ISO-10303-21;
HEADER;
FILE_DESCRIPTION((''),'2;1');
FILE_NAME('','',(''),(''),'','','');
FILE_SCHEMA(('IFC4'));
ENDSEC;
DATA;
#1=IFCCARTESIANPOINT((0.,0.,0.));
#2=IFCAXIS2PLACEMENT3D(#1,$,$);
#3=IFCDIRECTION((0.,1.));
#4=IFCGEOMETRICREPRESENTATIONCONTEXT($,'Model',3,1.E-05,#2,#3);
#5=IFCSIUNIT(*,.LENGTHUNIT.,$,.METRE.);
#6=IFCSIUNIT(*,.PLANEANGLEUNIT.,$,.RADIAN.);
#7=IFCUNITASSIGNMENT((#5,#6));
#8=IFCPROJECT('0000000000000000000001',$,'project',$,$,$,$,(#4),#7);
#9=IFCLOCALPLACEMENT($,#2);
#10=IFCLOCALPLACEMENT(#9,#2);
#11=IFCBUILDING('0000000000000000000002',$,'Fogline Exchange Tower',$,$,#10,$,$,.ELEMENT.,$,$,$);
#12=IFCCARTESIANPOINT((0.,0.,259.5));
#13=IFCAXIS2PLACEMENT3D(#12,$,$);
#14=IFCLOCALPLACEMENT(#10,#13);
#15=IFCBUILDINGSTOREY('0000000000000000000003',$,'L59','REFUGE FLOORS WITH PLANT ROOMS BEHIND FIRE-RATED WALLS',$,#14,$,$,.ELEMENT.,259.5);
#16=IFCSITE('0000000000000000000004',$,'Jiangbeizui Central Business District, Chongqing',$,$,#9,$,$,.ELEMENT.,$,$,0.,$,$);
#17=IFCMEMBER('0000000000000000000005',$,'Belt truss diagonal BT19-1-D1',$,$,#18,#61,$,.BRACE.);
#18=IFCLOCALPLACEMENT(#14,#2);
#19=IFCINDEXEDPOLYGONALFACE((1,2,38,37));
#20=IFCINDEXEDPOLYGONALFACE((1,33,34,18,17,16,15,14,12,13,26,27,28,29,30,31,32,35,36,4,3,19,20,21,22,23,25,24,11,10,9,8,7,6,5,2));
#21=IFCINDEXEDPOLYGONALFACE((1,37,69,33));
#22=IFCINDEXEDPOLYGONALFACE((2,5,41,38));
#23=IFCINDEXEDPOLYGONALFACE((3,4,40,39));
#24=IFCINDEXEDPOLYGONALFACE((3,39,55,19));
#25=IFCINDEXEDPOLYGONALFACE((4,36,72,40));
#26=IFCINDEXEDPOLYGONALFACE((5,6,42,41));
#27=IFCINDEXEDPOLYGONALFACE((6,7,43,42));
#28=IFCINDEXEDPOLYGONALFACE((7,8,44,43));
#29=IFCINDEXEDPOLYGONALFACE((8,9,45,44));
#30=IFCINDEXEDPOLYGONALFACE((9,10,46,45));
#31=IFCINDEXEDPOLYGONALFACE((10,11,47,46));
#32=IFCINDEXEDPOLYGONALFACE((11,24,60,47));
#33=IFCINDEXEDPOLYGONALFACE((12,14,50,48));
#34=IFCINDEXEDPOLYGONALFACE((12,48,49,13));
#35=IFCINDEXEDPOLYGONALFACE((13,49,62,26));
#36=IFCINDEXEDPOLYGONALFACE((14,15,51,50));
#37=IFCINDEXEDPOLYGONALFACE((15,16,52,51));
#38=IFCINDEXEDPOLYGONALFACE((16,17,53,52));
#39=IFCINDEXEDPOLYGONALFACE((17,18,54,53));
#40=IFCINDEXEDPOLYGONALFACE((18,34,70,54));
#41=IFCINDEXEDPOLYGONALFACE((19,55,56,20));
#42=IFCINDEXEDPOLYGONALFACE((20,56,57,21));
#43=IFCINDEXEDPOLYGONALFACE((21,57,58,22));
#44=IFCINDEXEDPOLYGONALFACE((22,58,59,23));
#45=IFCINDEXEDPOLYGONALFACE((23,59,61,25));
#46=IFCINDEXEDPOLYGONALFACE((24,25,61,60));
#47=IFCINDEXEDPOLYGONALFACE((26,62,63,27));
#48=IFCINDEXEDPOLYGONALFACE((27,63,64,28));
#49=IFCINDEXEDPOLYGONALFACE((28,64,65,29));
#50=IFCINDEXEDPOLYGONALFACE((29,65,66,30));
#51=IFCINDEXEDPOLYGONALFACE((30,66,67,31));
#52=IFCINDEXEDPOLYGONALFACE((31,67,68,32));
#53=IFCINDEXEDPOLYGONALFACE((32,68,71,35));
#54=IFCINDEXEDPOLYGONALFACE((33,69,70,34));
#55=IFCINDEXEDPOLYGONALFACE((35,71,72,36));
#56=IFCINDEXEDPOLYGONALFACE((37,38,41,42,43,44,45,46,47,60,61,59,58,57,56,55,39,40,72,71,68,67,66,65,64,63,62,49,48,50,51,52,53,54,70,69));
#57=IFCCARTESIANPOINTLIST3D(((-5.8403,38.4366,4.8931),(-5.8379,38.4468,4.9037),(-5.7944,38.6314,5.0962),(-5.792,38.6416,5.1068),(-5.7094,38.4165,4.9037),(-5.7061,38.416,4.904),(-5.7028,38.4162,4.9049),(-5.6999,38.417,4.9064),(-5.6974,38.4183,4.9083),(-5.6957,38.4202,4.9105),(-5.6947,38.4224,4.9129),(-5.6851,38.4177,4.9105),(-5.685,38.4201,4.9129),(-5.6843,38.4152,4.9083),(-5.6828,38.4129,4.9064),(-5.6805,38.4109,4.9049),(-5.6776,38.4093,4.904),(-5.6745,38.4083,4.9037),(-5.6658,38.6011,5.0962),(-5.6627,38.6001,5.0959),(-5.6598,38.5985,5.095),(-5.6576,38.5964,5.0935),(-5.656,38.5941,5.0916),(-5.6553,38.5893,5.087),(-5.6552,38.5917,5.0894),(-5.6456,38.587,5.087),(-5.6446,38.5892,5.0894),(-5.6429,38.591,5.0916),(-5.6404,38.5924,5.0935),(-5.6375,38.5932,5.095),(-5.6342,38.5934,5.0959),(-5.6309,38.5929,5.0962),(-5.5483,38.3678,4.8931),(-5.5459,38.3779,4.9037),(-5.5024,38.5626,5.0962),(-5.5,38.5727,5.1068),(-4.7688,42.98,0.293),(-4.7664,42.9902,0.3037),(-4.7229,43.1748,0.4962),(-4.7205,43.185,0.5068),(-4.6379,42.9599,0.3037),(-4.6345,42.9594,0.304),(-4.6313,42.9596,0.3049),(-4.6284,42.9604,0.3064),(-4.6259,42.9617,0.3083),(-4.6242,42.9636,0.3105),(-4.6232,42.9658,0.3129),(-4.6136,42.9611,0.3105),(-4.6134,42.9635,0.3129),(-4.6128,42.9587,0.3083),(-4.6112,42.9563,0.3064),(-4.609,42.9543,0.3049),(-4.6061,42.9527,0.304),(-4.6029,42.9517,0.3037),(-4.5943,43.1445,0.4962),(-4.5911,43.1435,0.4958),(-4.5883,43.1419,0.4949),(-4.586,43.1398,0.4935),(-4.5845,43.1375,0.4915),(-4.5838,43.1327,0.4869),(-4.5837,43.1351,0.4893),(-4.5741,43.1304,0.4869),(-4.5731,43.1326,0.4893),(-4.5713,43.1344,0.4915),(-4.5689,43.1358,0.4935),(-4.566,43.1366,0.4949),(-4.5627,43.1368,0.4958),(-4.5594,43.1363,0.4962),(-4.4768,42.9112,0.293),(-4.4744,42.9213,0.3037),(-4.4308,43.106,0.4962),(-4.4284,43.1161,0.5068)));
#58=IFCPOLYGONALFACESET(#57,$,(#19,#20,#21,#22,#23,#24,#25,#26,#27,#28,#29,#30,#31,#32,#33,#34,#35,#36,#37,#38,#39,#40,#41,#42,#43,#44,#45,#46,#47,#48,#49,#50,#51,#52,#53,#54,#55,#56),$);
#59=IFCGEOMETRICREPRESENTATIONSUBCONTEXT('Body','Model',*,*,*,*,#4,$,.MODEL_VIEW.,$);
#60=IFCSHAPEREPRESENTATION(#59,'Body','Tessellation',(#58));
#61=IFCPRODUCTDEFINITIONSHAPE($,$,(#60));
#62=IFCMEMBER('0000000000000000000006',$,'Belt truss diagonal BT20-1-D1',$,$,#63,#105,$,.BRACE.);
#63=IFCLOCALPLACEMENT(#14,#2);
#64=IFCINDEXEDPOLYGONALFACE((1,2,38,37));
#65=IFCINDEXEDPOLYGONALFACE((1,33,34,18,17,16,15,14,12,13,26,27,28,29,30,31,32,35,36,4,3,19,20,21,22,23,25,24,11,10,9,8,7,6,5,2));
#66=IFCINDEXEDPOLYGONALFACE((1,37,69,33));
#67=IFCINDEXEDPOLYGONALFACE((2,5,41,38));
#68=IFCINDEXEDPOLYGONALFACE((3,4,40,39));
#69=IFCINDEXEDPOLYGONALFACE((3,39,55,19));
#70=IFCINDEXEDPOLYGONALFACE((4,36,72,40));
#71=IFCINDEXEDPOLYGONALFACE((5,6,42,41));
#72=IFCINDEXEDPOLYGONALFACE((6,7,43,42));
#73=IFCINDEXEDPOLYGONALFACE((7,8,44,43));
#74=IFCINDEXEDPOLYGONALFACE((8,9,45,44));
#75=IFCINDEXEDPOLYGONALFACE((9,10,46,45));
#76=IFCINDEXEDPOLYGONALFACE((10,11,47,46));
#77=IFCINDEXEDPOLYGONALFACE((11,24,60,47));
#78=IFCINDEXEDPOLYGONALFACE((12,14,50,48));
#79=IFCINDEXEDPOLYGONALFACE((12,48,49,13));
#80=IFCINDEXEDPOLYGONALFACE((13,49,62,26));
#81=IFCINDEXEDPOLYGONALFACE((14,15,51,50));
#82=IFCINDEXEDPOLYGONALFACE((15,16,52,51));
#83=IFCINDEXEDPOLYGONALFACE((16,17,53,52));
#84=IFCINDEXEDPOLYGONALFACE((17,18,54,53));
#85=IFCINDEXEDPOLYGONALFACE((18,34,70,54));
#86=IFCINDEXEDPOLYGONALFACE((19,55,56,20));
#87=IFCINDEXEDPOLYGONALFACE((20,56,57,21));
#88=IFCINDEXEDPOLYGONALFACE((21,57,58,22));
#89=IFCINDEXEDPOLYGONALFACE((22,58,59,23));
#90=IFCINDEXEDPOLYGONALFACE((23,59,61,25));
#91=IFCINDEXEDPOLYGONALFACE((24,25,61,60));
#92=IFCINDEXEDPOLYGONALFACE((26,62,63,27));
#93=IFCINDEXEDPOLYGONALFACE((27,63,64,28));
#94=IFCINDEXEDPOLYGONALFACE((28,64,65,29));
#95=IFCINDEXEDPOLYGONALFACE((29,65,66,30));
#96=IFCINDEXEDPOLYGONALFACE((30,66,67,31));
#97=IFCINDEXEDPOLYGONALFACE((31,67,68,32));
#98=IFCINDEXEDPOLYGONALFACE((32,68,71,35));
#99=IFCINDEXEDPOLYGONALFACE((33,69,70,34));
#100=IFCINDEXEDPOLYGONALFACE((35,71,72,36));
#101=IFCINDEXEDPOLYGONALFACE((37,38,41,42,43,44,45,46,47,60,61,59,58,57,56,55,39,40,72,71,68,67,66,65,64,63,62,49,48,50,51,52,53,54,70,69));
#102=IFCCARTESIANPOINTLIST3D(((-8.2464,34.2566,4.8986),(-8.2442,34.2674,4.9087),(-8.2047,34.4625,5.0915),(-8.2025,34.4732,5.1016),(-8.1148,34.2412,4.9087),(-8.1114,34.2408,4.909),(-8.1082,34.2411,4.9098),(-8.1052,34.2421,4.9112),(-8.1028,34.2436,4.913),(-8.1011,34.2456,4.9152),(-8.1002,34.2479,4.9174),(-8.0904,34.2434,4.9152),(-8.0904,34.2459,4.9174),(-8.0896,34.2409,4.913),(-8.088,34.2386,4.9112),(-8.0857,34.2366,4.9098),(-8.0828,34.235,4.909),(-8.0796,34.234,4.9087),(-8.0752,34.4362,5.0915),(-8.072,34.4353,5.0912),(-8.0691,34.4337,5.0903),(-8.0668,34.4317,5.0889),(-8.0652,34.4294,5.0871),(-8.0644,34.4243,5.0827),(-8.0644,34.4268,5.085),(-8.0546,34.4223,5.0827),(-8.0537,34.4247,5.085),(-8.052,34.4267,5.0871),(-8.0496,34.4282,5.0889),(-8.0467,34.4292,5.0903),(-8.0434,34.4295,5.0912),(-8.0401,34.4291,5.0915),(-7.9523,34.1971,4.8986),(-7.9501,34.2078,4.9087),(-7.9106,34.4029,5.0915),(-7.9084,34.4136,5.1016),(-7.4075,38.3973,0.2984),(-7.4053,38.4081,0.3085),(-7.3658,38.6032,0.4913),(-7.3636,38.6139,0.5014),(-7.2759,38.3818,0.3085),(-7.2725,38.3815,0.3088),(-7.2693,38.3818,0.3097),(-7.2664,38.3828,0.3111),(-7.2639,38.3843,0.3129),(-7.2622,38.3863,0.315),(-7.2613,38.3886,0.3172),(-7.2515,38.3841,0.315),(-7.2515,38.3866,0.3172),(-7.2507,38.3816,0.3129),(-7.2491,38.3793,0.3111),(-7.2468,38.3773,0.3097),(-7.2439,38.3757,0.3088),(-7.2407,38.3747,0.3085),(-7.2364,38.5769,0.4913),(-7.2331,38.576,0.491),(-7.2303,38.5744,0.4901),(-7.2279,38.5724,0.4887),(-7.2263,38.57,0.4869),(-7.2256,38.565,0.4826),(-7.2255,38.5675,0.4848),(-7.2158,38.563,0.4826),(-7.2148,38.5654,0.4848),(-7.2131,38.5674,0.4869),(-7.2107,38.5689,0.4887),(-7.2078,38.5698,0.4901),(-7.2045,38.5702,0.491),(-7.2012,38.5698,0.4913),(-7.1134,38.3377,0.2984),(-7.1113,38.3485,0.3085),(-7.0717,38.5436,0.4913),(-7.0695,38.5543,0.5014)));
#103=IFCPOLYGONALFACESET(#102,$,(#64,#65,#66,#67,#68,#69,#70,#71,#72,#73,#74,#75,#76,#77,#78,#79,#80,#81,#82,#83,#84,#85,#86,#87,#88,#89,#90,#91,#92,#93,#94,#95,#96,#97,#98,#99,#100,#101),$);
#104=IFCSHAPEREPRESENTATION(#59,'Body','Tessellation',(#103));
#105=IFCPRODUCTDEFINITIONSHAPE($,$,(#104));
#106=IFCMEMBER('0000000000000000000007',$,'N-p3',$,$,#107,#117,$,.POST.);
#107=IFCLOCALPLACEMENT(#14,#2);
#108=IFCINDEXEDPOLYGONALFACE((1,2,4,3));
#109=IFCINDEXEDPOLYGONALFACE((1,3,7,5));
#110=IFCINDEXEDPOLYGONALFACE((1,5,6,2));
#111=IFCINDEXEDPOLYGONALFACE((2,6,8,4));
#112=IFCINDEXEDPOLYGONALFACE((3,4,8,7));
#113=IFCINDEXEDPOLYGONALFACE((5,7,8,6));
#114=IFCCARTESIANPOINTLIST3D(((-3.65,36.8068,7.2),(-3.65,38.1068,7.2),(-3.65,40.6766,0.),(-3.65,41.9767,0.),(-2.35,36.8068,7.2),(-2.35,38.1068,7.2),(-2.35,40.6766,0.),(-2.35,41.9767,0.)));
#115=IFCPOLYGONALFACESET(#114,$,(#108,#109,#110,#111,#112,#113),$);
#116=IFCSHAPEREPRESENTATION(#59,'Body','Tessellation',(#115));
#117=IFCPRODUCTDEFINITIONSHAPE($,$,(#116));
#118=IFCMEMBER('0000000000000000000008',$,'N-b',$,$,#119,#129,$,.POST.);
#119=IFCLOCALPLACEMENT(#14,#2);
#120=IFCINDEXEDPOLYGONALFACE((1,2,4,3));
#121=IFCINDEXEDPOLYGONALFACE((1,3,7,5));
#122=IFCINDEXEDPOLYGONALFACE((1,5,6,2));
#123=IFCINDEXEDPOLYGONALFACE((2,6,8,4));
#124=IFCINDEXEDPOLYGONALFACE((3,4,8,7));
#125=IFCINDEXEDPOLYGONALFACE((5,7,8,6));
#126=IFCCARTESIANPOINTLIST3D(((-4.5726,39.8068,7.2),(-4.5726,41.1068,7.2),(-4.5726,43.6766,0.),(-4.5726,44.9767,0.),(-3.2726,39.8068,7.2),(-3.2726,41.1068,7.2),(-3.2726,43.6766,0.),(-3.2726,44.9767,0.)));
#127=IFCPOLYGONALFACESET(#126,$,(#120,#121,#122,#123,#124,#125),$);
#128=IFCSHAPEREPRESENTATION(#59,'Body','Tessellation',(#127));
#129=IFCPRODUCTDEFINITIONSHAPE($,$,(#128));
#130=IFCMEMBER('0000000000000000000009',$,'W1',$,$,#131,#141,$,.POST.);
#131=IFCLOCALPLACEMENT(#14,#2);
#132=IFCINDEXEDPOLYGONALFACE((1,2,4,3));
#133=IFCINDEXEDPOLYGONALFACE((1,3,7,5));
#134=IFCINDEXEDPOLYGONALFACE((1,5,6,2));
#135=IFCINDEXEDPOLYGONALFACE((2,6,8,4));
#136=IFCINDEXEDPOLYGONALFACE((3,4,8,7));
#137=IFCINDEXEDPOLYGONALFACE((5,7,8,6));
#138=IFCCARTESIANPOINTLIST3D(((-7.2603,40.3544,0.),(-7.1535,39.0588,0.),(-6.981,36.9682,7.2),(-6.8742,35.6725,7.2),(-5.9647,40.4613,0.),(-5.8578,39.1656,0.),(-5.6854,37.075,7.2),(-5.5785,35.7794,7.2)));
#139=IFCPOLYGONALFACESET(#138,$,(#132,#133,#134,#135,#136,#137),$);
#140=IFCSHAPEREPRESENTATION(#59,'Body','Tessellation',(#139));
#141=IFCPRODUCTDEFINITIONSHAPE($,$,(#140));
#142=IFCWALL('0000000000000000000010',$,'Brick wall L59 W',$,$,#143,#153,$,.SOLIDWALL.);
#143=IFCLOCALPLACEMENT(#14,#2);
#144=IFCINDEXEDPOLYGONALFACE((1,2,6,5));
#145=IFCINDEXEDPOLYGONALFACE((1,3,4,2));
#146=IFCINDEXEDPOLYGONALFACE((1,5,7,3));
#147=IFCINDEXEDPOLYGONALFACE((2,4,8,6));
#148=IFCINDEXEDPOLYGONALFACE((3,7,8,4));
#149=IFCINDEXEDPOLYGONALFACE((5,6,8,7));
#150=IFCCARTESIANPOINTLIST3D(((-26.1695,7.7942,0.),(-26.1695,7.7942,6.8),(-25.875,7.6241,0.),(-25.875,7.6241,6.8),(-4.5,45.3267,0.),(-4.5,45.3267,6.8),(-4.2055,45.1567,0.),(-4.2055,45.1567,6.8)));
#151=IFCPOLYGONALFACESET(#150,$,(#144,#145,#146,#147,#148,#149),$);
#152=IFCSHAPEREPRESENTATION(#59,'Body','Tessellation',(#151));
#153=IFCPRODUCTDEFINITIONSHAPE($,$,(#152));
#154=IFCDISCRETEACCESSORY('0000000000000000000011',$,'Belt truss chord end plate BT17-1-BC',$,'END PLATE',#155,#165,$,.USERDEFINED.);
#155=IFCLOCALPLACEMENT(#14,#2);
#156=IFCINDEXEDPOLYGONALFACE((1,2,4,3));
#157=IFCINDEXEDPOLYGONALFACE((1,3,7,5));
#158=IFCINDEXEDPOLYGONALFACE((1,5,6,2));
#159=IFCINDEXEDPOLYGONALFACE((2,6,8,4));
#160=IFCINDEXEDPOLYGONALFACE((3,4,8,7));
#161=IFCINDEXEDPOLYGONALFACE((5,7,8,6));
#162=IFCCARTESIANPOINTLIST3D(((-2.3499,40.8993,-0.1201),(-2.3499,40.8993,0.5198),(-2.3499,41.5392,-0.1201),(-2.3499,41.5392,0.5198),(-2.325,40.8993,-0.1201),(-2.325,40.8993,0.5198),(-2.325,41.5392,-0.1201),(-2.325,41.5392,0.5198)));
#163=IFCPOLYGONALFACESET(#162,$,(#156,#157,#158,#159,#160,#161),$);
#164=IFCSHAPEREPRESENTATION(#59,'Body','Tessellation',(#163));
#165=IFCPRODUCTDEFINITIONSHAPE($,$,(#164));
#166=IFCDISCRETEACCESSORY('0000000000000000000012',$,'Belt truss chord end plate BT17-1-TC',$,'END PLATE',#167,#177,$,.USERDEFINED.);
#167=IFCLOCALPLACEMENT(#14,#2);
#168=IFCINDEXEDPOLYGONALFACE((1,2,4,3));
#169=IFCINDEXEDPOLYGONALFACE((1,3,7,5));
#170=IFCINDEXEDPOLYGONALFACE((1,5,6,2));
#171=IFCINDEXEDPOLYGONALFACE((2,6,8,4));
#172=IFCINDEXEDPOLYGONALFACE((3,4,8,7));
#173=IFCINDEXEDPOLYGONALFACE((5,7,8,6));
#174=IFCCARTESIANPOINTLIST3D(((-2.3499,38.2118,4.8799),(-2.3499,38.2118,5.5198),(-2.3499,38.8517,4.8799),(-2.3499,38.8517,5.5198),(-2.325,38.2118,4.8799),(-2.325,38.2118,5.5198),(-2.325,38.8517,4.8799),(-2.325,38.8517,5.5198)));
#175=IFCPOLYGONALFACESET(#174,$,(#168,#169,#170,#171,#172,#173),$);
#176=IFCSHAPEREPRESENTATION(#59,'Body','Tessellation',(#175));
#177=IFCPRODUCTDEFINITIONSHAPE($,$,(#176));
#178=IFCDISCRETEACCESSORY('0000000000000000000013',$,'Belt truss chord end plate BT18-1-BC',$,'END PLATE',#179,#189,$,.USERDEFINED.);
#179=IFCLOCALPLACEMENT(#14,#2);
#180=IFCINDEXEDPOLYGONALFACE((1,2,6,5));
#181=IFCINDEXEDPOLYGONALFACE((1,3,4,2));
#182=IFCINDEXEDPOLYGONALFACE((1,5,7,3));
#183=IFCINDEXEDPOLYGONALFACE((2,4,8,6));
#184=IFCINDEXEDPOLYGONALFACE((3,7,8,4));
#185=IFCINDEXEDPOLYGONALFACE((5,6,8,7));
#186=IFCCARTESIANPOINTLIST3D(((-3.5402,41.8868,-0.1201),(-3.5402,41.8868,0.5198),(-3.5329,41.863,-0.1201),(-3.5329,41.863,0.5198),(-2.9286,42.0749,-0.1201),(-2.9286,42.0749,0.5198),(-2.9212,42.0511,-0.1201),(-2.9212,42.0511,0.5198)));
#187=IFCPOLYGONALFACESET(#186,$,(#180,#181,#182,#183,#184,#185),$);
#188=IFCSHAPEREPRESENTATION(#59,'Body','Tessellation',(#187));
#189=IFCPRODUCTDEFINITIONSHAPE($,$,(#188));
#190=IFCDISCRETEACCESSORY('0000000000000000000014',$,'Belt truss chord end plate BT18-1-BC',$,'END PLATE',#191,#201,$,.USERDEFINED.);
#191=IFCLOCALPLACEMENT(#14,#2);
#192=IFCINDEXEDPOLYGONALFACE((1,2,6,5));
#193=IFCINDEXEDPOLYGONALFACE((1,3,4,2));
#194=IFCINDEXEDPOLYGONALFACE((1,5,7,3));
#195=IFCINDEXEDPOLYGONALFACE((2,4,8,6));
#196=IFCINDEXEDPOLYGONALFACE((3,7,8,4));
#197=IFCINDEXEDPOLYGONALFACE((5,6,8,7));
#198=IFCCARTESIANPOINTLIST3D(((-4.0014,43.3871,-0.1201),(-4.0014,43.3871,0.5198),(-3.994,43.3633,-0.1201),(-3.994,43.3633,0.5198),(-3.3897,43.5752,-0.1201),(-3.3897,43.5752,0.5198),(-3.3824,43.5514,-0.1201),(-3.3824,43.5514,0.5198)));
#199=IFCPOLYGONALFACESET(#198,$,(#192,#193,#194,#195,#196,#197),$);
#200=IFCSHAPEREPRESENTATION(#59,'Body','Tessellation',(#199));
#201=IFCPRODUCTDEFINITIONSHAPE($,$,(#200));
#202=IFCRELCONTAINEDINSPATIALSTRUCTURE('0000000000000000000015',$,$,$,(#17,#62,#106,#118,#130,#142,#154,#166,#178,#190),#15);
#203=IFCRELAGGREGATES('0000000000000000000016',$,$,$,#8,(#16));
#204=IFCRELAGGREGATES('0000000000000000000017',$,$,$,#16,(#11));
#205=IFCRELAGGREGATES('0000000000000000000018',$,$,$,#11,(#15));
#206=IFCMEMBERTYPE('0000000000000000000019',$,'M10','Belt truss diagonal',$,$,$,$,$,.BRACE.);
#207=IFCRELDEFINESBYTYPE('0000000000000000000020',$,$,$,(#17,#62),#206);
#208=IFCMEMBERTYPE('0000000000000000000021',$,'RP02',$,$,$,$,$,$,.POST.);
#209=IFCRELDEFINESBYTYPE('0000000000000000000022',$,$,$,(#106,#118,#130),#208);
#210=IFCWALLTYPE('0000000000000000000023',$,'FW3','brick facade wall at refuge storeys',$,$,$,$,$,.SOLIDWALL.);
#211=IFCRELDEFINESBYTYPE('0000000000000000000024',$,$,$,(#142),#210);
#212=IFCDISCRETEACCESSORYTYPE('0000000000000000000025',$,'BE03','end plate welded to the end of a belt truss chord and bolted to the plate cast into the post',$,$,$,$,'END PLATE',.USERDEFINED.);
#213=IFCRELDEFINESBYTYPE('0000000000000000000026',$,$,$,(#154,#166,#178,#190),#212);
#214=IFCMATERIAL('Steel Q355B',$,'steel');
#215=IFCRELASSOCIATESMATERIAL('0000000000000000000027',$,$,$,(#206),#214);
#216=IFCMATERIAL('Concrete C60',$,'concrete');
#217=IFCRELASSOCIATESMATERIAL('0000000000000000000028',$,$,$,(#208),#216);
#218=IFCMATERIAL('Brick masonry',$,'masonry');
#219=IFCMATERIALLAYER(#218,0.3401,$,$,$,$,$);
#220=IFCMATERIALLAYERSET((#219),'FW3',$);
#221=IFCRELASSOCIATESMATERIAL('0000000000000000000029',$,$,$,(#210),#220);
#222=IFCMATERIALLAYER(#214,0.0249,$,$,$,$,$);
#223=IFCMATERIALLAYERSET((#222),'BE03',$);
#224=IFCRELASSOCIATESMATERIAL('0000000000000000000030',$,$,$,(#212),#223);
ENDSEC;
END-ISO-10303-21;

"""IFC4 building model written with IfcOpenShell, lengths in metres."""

from ifc_helpers import new_model, si_unit, direction, frame, frame_2d, origin, origin_2d, place, context, subcontext, project, spatial, rectangle, i_section, extrude, material, layer, layer_set, material_profile, profile_set, type_object, element, save


model = new_model("IFC4")

# Units and contexts
model_context = context("Model", 3, precision=1e-05, world=origin(), true_north=direction((0.0, 1.0)))
body_context = subcontext(model_context, "Body", "Model", "MODEL_VIEW")
ifc_project = project(units=[si_unit("LENGTHUNIT", "METRE"), si_unit("PLANEANGLEUNIT", "RADIAN")], contexts=[model_context])

# Site, building, storey
site_placement = place(None, origin())
site = spatial("IfcSite", under=ifc_project, at=site_placement, Name="Jiangbeizui Central Business District, Chongqing", CompositionType="ELEMENT", RefElevation=0.0)
building_placement = place(site_placement, origin())
building = spatial("IfcBuilding", under=site, at=building_placement, Name="Fogline Exchange Tower", CompositionType="ELEMENT")
storey_placement = place(building_placement, frame((0.0, 0.0, 259.5)))
storey = spatial("IfcBuildingStorey", under=building, at=storey_placement, Name="L59", Description="REFUGE FLOORS WITH PLANT ROOMS BEHIND FIRE-RATED WALLS", CompositionType="ELEMENT", Elevation=259.5)

# Members
ifc_material_1 = material(Name="Steel Q355B", Category="steel")
ifc_material_profile_1 = material_profile(ifc_material_1, i_section(OverallWidth=0.3, OverallDepth=0.3, WebThickness=0.01, FlangeThickness=0.0149, FilletRadius=0.0129, at=origin_2d()), Name="HW300X300X10X15")
ifc_profile_set_1 = profile_set([ifc_material_profile_1], Name="Steel Q355B")
member_type_1 = type_object("IfcMemberType", Name="M10", Description="Belt truss diagonal", PredefinedType="BRACE", material=ifc_profile_set_1)
member_1_placement = place(storey_placement, frame((-4.5986, 43.0481, 0.3999), z_axis=(-0.163498, -0.693257, 0.7019), x_axis=(0.973298, -0.229544, 0.0)))
element("IfcMember", 1, at=member_1_placement, inside=storey, type_object=member_type_1, Name="Belt truss diagonal BT19-1-D1", PredefinedType="BRACE", context=body_context, shape_type="SweptSolid", body=[
    extrude(i_section(OverallWidth=0.3, OverallDepth=0.3, WebThickness=0.01, FlangeThickness=0.0149, FilletRadius=0.0129, at=origin_2d()), origin(), (0.0, 0.0, 1.0), 6.5537),
])
member_2_placement = place(storey_placement, frame((-7.2385, 38.4758, 0.3999), z_axis=(-0.13431, -0.662951, 0.736517), x_axis=(0.980089, -0.19856, 0.0)))
element("IfcMember", 2, at=member_2_placement, inside=storey, type_object=member_type_1, Name="Belt truss diagonal BT20-1-D1", PredefinedType="BRACE", context=body_context, shape_type="SweptSolid", body=[
    extrude(i_section(OverallWidth=0.3, OverallDepth=0.3, WebThickness=0.01, FlangeThickness=0.0149, FilletRadius=0.0129, at=origin_2d()), origin(), (0.0, 0.0, 1.0), 6.2458),
])
ifc_material_2 = material(Name="Concrete C60", Category="concrete")
ifc_material_profile_2 = material_profile(ifc_material_2, rectangle(XDim=1.3, YDim=1.3, at=origin_2d()), Name="RC 1300x1300")
ifc_profile_set_2 = profile_set([ifc_material_profile_2], Name="Concrete C60")
member_type_2 = type_object("IfcMemberType", Name="RP02", PredefinedType="POST", material=ifc_profile_set_2)
for number, where, z_axis, x_axis, name in (
    (3, (-3.0, 41.3267, 0.0), (0.0, 0.0, 1.0), (1.0, 0.0, 0.0), "N-p3"),
    (4, (-3.9226, 44.3267, 0.0), (0.0, 0.0, 1.0), (1.0, 0.0, 0.0), "N-b"),
):
    element("IfcMember", number, at=place(storey_placement, frame(where, z_axis=z_axis, x_axis=x_axis)), inside=storey, type_object=member_type_2, Name=name, PredefinedType="POST", context=body_context, shape_type="SweptSolid", body=[
        extrude(rectangle(XDim=1.3, YDim=1.3, at=origin_2d()), origin(), (0.0, -0.473434, 0.88083), 8.1741),
    ])
member_3_placement = place(storey_placement, frame((-6.5591, 39.76, 0.0), z_axis=(0.0, 0.0, 1.0), x_axis=(0.996616, 0.082201, 0.0)))
element("IfcMember", 5, at=member_3_placement, inside=storey, type_object=member_type_2, Name="W1", PredefinedType="POST", context=body_context, shape_type="SweptSolid", body=[
    extrude(rectangle(XDim=1.3, YDim=1.3, at=origin_2d()), origin(), (0.0, -0.426775, 0.904358), 7.9614),
])

# Wall
ifc_material_3 = material(Name="Brick masonry", Category="masonry")
ifc_layer_1 = layer(ifc_material_3, 0.3401)
ifc_layer_set_1 = layer_set([ifc_layer_1], Name="FW3")
wall_type = type_object("IfcWallType", Name="FW3", Description="brick facade wall at refuge storeys", PredefinedType="SOLIDWALL", material=ifc_layer_set_1)
wall_placement = place(storey_placement, frame((-4.3528, 45.2417, 0.0), z_axis=(0.0, 0.0, 1.0), x_axis=(-0.500001, -0.866025, 0.0)))
element("IfcWall", 6, at=wall_placement, inside=storey, type_object=wall_type, Name="Brick wall L59 W", PredefinedType="SOLIDWALL", context=body_context, shape_type="SweptSolid", body=[
    extrude(rectangle(XDim=43.3389, YDim=0.3401, at=frame_2d((21.6694, 0.0))), origin(), (0.0, 0.0, 1.0), 6.8),
])

# Discrete accessories
ifc_layer_2 = layer(ifc_material_1, 0.0249)
ifc_layer_set_2 = layer_set([ifc_layer_2], Name="BE03")
discrete_accessory_type = type_object("IfcDiscreteAccessoryType", Name="BE03", Description="end plate welded to the end of a belt truss chord and bolted to the plate cast into the post", ElementType="END PLATE", PredefinedType="USERDEFINED", material=ifc_layer_set_2)
for number, where, z_axis, x_axis, name in (
    (7, (-2.3374, 41.2192, -0.1201), (0.0, 0.0, 1.0), (-1.0, 0.0, 0.0), "Belt truss chord end plate BT17-1-BC"),
    (8, (-2.3374, 38.5317, 4.8799), (0.0, 0.0, 1.0), (-1.0, 0.0, 0.0), "Belt truss chord end plate BT17-1-TC"),
    (9, (-3.2307, 41.969, -0.1201), (0.0, 0.0, 1.0), (0.293962, -0.955817, 0.0), "Belt truss chord end plate BT18-1-BC"),
    (10, (-3.6919, 43.4692, -0.1201), (0.0, 0.0, 1.0), (-0.293962, 0.955817, 0.0), "Belt truss chord end plate BT18-1-BC"),
):
    element("IfcDiscreteAccessory", number, at=place(storey_placement, frame(where, z_axis=z_axis, x_axis=x_axis)), inside=storey, type_object=discrete_accessory_type, Name=name, ObjectType="END PLATE", PredefinedType="USERDEFINED", context=body_context, shape_type="SweptSolid", body=[
        extrude(rectangle(XDim=0.0249, YDim=0.6399, at=origin_2d()), origin(), (0.0, 0.0, 1.0), 0.6399),
    ])

save(model, "model.ifc")
